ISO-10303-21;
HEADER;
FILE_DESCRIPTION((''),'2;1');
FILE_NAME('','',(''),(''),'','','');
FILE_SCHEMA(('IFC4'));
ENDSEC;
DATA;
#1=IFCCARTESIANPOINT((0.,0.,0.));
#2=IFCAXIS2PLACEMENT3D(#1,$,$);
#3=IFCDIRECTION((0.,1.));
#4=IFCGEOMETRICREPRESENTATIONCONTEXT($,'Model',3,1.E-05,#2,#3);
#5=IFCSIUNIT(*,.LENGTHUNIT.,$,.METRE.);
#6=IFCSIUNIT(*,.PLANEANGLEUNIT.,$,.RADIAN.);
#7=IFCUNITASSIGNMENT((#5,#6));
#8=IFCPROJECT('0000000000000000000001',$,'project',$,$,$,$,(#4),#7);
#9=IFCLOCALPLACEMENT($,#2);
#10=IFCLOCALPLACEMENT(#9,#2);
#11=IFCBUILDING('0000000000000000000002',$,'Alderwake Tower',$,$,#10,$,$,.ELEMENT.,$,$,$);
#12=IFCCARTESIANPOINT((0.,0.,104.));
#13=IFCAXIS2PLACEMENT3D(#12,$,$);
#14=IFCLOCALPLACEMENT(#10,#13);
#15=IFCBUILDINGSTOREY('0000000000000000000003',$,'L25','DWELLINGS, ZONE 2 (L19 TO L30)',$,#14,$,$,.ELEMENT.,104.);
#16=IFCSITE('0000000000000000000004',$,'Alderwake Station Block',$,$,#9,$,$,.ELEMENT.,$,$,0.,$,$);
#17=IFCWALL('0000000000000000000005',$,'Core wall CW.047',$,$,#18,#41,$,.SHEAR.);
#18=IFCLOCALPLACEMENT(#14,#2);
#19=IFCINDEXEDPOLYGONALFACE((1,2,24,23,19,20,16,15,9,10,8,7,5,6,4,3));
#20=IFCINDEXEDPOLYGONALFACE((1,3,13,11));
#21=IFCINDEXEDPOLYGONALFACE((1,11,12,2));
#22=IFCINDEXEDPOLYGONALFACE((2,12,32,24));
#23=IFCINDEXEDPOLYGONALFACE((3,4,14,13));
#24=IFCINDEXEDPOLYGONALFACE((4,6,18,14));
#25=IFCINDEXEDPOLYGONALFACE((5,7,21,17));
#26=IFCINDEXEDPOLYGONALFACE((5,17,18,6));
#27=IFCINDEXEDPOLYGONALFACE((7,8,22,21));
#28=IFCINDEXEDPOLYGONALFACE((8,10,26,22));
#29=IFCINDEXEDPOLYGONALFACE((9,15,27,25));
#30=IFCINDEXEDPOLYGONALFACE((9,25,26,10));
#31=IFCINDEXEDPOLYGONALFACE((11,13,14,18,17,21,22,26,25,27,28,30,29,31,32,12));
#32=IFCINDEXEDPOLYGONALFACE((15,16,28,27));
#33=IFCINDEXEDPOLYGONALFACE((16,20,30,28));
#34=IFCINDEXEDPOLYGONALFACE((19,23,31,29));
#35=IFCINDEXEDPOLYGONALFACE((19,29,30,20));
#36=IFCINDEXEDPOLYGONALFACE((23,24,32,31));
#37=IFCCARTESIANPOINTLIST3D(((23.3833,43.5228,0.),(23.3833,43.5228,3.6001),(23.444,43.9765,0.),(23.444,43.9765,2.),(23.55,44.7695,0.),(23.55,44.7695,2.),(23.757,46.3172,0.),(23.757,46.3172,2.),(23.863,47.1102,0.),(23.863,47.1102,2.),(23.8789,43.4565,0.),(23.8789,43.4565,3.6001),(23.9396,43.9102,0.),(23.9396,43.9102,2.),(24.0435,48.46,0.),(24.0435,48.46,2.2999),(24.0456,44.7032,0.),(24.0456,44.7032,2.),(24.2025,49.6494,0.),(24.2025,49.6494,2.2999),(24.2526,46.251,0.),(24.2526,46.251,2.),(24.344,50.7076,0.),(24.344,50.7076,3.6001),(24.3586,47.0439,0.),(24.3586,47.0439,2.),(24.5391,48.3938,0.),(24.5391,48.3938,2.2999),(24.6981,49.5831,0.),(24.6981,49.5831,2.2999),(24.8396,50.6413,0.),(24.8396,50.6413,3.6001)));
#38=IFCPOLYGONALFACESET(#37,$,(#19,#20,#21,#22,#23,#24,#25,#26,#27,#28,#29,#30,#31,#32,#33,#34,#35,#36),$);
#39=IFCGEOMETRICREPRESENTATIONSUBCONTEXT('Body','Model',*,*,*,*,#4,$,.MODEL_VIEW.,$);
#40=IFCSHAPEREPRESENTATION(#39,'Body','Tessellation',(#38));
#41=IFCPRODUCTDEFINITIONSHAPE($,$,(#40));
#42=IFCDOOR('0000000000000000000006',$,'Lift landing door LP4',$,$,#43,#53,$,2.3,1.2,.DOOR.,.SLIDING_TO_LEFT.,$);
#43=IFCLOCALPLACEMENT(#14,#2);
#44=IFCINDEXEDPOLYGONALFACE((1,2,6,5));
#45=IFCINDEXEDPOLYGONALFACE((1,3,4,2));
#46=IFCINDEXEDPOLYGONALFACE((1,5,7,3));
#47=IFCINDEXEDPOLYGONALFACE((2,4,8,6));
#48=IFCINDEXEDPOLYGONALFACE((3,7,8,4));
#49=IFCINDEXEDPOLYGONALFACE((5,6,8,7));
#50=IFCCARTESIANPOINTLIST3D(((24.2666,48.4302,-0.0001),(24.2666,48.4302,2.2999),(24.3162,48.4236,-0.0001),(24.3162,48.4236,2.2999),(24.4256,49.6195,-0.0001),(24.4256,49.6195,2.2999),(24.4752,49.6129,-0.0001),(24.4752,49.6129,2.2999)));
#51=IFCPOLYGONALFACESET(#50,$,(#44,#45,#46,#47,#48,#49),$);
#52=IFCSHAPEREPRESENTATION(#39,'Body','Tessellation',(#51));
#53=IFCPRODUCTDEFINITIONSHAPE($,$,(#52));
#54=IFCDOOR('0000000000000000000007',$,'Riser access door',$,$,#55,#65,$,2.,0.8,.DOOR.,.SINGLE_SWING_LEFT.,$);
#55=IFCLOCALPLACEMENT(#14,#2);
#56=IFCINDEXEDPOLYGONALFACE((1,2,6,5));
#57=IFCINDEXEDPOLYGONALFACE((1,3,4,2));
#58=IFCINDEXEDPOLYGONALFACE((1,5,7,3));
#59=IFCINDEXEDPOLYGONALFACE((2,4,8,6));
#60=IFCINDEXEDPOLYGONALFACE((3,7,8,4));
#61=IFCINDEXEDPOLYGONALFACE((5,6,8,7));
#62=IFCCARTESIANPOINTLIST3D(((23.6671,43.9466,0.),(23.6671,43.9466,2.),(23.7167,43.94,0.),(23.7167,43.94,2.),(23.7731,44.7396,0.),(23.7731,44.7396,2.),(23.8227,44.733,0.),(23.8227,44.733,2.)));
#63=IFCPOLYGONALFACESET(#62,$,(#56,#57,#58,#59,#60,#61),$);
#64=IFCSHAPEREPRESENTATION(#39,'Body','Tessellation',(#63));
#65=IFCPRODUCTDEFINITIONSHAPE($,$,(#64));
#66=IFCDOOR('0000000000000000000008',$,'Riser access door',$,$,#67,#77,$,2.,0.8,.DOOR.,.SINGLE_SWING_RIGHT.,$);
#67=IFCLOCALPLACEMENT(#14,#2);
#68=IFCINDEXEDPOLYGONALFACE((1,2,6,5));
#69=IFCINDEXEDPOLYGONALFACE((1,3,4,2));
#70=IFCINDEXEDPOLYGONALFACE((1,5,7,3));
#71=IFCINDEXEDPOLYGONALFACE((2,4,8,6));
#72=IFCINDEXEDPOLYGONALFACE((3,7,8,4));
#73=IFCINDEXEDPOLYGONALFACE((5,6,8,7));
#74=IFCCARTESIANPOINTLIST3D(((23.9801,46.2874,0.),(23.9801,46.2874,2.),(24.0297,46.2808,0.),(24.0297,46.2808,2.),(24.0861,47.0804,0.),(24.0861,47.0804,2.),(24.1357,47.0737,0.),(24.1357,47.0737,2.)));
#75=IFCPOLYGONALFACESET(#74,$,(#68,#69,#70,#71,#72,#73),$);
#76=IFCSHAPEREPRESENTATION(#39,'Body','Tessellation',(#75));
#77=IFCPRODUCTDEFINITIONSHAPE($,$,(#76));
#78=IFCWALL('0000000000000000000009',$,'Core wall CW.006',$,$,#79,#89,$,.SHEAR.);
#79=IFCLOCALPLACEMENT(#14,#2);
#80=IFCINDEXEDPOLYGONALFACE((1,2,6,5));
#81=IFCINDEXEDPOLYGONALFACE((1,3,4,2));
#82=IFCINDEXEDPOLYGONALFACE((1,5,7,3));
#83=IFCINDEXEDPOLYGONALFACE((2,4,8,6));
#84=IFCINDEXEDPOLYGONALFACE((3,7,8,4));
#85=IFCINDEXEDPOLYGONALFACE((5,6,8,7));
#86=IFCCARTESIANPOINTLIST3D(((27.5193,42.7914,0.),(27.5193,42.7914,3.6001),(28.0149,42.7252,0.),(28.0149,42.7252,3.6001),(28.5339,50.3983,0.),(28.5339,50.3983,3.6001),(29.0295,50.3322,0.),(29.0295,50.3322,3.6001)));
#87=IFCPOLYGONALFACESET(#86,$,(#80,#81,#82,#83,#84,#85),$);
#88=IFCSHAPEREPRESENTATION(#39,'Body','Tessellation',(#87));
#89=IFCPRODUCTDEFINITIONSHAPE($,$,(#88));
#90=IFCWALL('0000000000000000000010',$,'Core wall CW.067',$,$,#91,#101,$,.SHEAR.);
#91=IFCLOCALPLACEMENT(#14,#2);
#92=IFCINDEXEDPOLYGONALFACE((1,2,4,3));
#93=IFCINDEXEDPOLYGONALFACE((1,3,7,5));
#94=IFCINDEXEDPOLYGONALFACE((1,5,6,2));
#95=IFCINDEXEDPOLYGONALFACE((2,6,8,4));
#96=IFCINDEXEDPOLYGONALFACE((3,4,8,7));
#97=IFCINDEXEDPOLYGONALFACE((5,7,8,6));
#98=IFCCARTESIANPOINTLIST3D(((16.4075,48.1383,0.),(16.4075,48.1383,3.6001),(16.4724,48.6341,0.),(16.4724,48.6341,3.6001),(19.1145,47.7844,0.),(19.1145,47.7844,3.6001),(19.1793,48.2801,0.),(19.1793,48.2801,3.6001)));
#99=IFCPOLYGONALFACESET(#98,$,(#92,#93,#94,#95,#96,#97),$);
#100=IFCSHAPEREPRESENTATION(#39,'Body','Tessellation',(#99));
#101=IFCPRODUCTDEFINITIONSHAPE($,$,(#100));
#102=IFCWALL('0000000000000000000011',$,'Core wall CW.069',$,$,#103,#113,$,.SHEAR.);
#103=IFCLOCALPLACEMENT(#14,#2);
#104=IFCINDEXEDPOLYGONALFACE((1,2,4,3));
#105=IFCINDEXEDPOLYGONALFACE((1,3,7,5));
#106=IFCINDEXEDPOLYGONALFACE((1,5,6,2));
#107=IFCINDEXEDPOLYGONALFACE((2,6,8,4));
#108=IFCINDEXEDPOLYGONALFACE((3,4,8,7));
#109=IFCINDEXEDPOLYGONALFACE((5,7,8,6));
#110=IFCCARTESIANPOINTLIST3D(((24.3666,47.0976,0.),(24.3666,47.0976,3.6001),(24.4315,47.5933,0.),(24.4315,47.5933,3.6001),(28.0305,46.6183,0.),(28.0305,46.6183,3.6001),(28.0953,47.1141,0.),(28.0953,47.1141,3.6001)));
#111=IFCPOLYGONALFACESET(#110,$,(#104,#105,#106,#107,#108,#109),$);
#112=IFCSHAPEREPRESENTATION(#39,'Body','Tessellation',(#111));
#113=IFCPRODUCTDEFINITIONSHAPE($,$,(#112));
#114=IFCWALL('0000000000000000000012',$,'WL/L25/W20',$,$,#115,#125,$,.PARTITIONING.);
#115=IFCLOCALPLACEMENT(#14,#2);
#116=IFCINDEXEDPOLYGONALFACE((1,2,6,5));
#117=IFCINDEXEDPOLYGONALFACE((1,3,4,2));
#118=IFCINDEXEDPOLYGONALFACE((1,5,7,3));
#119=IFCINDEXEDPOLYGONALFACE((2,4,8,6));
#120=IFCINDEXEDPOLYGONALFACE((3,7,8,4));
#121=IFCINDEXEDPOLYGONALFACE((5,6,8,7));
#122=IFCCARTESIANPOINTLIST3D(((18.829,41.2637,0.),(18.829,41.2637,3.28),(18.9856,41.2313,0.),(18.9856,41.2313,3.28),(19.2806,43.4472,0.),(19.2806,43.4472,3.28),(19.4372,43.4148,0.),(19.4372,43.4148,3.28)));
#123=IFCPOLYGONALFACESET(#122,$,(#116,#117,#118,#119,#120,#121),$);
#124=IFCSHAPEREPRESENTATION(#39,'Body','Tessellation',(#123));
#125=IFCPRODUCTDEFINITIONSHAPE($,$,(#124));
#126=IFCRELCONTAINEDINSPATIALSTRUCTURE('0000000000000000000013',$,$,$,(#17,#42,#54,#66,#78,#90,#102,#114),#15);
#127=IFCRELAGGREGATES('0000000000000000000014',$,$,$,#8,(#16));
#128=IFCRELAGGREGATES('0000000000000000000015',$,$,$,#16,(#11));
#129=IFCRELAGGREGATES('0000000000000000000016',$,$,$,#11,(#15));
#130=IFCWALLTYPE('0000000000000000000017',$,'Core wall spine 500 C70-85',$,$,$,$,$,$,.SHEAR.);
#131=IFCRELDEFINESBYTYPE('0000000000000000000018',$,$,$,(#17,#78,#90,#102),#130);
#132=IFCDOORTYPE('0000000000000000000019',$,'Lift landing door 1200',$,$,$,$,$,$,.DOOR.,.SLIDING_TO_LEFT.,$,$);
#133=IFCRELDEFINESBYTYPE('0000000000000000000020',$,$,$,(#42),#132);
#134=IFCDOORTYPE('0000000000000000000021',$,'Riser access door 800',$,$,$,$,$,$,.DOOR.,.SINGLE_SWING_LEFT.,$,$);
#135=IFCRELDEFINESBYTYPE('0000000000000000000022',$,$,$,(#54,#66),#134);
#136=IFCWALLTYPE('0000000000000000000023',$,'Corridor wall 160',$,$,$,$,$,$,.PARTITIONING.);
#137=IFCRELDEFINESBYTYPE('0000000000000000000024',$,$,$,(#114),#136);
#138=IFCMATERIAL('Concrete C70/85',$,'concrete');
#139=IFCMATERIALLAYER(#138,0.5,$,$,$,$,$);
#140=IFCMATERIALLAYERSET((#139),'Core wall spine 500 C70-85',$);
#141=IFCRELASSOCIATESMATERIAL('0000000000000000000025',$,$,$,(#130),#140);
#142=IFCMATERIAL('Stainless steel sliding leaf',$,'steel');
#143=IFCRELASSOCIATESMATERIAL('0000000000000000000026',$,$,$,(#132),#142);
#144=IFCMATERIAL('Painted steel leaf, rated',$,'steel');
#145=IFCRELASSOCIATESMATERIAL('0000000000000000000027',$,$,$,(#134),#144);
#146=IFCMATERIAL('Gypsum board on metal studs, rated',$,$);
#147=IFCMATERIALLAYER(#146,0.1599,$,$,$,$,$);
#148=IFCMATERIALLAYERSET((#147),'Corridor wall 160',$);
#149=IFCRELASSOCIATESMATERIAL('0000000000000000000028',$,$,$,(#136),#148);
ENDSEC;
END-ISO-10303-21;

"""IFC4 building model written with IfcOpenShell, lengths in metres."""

from ifc_helpers import new_model, si_unit, direction, frame, frame_2d, origin, place, context, subcontext, project, spatial, rectangle, extrude, material, layer, layer_set, type_object, element, fill, save


model = new_model("IFC4")

# Units and contexts
model_context = context("Model", 3, precision=1e-05, world=origin(), true_north=direction((0.0, 1.0)))
body_context = subcontext(model_context, "Body", "Model", "MODEL_VIEW")
ifc_project = project(units=[si_unit("LENGTHUNIT", "METRE"), si_unit("PLANEANGLEUNIT", "RADIAN")], contexts=[model_context])

# Site, building, storey
site_placement = place(None, origin())
site = spatial("IfcSite", under=ifc_project, at=site_placement, Name="Alderwake Station Block", CompositionType="ELEMENT", RefElevation=0.0)
building_placement = place(site_placement, origin())
building = spatial("IfcBuilding", under=site, at=building_placement, Name="Alderwake Tower", CompositionType="ELEMENT")
storey_placement = place(building_placement, frame((0.0, 0.0, 104.0)))
storey = spatial("IfcBuildingStorey", under=building, at=storey_placement, Name="L25", Description="DWELLINGS, ZONE 2 (L19 TO L30)", CompositionType="ELEMENT", Elevation=104.0)

# Wall, openings, doors
ifc_material_1 = material(Name="Concrete C70/85", Category="concrete")
ifc_layer_1 = layer(ifc_material_1, 0.5)
ifc_layer_set_1 = layer_set([ifc_layer_1], Name="Core wall spine 500 C70-85")
wall_type_1 = type_object("IfcWallType", Name="Core wall spine 500 C70-85", PredefinedType="SHEAR", material=ifc_layer_set_1)
wall_1_placement = place(storey_placement, frame((23.6311, 43.4895, 0.0), z_axis=(0.0, 0.0, 1.0), x_axis=(0.132532, 0.991179, 0.0)))
wall_1 = element("IfcWall", 1, at=wall_1_placement, inside=storey, type_object=wall_type_1, Name="Core wall CW.047", PredefinedType="SHEAR", context=body_context, shape_type="SweptSolid", body=[
    extrude(rectangle(XDim=7.2488, YDim=0.5, at=frame_2d((3.6245, 0.0))), origin(), (0.0, 0.0, 1.0), 3.6001),
])
opening_1_placement = place(wall_1_placement, frame((4.9812, 0.0, 0.0)))
opening_1 = element("IfcOpeningElement", 2, at=opening_1_placement, cuts=wall_1, PredefinedType="OPENING", context=body_context, shape_type="SweptSolid", body=[
    extrude(rectangle(XDim=1.2, YDim=2.3, at=frame_2d((0.6001, 1.1499))), frame((0.0, 0.26, 0.0), z_axis=(0.0, -1.0, 0.0), x_axis=(1.0, 0.0, 0.0)), (0.0, 0.0, 1.0), 0.52),
])
opening_2_placement = place(wall_1_placement, frame((0.458, 0.0, 0.0)))
opening_2 = element("IfcOpeningElement", 3, at=opening_2_placement, cuts=wall_1, PredefinedType="OPENING", context=body_context, shape_type="SweptSolid", body=[
    extrude(rectangle(XDim=0.8, YDim=2.0, at=frame_2d((0.3999, 1.0))), frame((0.0, 0.26, 0.0), z_axis=(0.0, -1.0, 0.0), x_axis=(1.0, 0.0, 0.0)), (0.0, 0.0, 1.0), 0.52),
])
opening_3_placement = place(wall_1_placement, frame((2.8196, 0.0, 0.0)))
opening_3 = element("IfcOpeningElement", 4, at=opening_3_placement, cuts=wall_1, PredefinedType="OPENING", context=body_context, shape_type="SweptSolid", body=[
    extrude(rectangle(XDim=0.8, YDim=2.0, at=frame_2d((0.3999, 1.0))), frame((0.0, 0.26, 0.0), z_axis=(0.0, -1.0, 0.0), x_axis=(1.0, 0.0, 0.0)), (0.0, 0.0, 1.0), 0.52),
])
ifc_material_2 = material(Name="Stainless steel sliding leaf", Category="steel")
door_type_1 = type_object("IfcDoorType", Name="Lift landing door 1200", OperationType="SLIDING_TO_LEFT", PredefinedType="DOOR", material=ifc_material_2)
door_1_placement = place(opening_1_placement, origin())
door_1 = element("IfcDoor", 5, at=door_1_placement, inside=storey, type_object=door_type_1, Name="Lift landing door LP4", OperationType="SLIDING_TO_LEFT", OverallHeight=2.3, OverallWidth=1.2, PredefinedType="DOOR", context=body_context, shape_type="SweptSolid", body=[
    extrude(rectangle(XDim=1.2, YDim=2.3, at=frame_2d((0.6001, 1.1499))), frame((0.0, 0.0249, 0.0), z_axis=(0.0, -1.0, 0.0), x_axis=(1.0, 0.0, 0.0)), (0.0, 0.0, 1.0), 0.05),
])
fill(opening_1, door_1)
ifc_material_3 = material(Name="Painted steel leaf, rated", Category="steel")
door_type_2 = type_object("IfcDoorType", Name="Riser access door 800", OperationType="SINGLE_SWING_LEFT", PredefinedType="DOOR", material=ifc_material_3)
door_2_placement = place(opening_2_placement, origin())
door_2 = element("IfcDoor", 6, at=door_2_placement, inside=storey, type_object=door_type_2, Name="Riser access door", OperationType="SINGLE_SWING_LEFT", OverallHeight=2.0, OverallWidth=0.8, PredefinedType="DOOR", context=body_context, shape_type="SweptSolid", body=[
    extrude(rectangle(XDim=0.8, YDim=2.0, at=frame_2d((0.3999, 1.0))), frame((0.0, 0.0249, 0.0), z_axis=(0.0, -1.0, 0.0), x_axis=(1.0, 0.0, 0.0)), (0.0, 0.0, 1.0), 0.05),
])
fill(opening_2, door_2)
door_3_placement = place(opening_3_placement, origin())
door_3 = element("IfcDoor", 7, at=door_3_placement, inside=storey, type_object=door_type_2, Name="Riser access door", OperationType="SINGLE_SWING_RIGHT", OverallHeight=2.0, OverallWidth=0.8, PredefinedType="DOOR", context=body_context, shape_type="SweptSolid", body=[
    extrude(rectangle(XDim=0.8, YDim=2.0, at=frame_2d((0.3999, 1.0))), frame((0.0, 0.0249, 0.0), z_axis=(0.0, -1.0, 0.0), x_axis=(1.0, 0.0, 0.0)), (0.0, 0.0, 1.0), 0.05),
])
fill(opening_3, door_3)

# Walls
wall_2_placement = place(storey_placement, frame((27.7671, 42.7583, 0.0), z_axis=(0.0, 0.0, 1.0), x_axis=(0.132214, 0.991221, 0.0)))
element("IfcWall", 8, at=wall_2_placement, inside=storey, type_object=wall_type_1, Name="Core wall CW.006", PredefinedType="SHEAR", context=body_context, shape_type="SweptSolid", body=[
    extrude(rectangle(XDim=7.6743, YDim=0.5, at=frame_2d((3.8372, 0.0))), origin(), (0.0, 0.0, 1.0), 3.6001),
])
wall_3_placement = place(storey_placement, frame((16.4399, 48.3862, 0.0), z_axis=(0.0, 0.0, 1.0), x_axis=(0.991557, -0.129668, 0.0)))
element("IfcWall", 9, at=wall_3_placement, inside=storey, type_object=wall_type_1, Name="Core wall CW.067", PredefinedType="SHEAR", context=body_context, shape_type="SweptSolid", body=[
    extrude(rectangle(XDim=2.73, YDim=0.5, at=frame_2d((1.365, 0.0))), origin(), (0.0, 0.0, 1.0), 3.6001),
])
wall_4_placement = place(storey_placement, frame((24.3989, 47.3455, 0.0), z_axis=(0.0, 0.0, 1.0), x_axis=(0.991553, -0.129701, 0.0)))
element("IfcWall", 10, at=wall_4_placement, inside=storey, type_object=wall_type_1, Name="Core wall CW.069", PredefinedType="SHEAR", context=body_context, shape_type="SweptSolid", body=[
    extrude(rectangle(XDim=3.6951, YDim=0.5, at=frame_2d((1.8477, 0.0))), origin(), (0.0, 0.0, 1.0), 3.6001),
])
ifc_material_4 = material(Name="Gypsum board on metal studs, rated")
ifc_layer_2 = layer(ifc_material_4, 0.1599)
ifc_layer_set_2 = layer_set([ifc_layer_2], Name="Corridor wall 160")
wall_type_2 = type_object("IfcWallType", Name="Corridor wall 160", PredefinedType="PARTITIONING", material=ifc_layer_set_2)
wall_5_placement = place(storey_placement, frame((19.3589, 43.4309, 0.0), z_axis=(0.0, 0.0, 1.0), x_axis=(-0.202555, -0.979271, 0.0)))
element("IfcWall", 11, at=wall_5_placement, inside=storey, type_object=wall_type_2, Name="WL/L25/W20", PredefinedType="PARTITIONING", context=body_context, shape_type="SweptSolid", body=[
    extrude(rectangle(XDim=2.2297, YDim=0.1599, at=frame_2d((1.1147, 0.0))), origin(), (0.0, 0.0, 1.0), 3.28),
])

save(model, "model.ifc")
